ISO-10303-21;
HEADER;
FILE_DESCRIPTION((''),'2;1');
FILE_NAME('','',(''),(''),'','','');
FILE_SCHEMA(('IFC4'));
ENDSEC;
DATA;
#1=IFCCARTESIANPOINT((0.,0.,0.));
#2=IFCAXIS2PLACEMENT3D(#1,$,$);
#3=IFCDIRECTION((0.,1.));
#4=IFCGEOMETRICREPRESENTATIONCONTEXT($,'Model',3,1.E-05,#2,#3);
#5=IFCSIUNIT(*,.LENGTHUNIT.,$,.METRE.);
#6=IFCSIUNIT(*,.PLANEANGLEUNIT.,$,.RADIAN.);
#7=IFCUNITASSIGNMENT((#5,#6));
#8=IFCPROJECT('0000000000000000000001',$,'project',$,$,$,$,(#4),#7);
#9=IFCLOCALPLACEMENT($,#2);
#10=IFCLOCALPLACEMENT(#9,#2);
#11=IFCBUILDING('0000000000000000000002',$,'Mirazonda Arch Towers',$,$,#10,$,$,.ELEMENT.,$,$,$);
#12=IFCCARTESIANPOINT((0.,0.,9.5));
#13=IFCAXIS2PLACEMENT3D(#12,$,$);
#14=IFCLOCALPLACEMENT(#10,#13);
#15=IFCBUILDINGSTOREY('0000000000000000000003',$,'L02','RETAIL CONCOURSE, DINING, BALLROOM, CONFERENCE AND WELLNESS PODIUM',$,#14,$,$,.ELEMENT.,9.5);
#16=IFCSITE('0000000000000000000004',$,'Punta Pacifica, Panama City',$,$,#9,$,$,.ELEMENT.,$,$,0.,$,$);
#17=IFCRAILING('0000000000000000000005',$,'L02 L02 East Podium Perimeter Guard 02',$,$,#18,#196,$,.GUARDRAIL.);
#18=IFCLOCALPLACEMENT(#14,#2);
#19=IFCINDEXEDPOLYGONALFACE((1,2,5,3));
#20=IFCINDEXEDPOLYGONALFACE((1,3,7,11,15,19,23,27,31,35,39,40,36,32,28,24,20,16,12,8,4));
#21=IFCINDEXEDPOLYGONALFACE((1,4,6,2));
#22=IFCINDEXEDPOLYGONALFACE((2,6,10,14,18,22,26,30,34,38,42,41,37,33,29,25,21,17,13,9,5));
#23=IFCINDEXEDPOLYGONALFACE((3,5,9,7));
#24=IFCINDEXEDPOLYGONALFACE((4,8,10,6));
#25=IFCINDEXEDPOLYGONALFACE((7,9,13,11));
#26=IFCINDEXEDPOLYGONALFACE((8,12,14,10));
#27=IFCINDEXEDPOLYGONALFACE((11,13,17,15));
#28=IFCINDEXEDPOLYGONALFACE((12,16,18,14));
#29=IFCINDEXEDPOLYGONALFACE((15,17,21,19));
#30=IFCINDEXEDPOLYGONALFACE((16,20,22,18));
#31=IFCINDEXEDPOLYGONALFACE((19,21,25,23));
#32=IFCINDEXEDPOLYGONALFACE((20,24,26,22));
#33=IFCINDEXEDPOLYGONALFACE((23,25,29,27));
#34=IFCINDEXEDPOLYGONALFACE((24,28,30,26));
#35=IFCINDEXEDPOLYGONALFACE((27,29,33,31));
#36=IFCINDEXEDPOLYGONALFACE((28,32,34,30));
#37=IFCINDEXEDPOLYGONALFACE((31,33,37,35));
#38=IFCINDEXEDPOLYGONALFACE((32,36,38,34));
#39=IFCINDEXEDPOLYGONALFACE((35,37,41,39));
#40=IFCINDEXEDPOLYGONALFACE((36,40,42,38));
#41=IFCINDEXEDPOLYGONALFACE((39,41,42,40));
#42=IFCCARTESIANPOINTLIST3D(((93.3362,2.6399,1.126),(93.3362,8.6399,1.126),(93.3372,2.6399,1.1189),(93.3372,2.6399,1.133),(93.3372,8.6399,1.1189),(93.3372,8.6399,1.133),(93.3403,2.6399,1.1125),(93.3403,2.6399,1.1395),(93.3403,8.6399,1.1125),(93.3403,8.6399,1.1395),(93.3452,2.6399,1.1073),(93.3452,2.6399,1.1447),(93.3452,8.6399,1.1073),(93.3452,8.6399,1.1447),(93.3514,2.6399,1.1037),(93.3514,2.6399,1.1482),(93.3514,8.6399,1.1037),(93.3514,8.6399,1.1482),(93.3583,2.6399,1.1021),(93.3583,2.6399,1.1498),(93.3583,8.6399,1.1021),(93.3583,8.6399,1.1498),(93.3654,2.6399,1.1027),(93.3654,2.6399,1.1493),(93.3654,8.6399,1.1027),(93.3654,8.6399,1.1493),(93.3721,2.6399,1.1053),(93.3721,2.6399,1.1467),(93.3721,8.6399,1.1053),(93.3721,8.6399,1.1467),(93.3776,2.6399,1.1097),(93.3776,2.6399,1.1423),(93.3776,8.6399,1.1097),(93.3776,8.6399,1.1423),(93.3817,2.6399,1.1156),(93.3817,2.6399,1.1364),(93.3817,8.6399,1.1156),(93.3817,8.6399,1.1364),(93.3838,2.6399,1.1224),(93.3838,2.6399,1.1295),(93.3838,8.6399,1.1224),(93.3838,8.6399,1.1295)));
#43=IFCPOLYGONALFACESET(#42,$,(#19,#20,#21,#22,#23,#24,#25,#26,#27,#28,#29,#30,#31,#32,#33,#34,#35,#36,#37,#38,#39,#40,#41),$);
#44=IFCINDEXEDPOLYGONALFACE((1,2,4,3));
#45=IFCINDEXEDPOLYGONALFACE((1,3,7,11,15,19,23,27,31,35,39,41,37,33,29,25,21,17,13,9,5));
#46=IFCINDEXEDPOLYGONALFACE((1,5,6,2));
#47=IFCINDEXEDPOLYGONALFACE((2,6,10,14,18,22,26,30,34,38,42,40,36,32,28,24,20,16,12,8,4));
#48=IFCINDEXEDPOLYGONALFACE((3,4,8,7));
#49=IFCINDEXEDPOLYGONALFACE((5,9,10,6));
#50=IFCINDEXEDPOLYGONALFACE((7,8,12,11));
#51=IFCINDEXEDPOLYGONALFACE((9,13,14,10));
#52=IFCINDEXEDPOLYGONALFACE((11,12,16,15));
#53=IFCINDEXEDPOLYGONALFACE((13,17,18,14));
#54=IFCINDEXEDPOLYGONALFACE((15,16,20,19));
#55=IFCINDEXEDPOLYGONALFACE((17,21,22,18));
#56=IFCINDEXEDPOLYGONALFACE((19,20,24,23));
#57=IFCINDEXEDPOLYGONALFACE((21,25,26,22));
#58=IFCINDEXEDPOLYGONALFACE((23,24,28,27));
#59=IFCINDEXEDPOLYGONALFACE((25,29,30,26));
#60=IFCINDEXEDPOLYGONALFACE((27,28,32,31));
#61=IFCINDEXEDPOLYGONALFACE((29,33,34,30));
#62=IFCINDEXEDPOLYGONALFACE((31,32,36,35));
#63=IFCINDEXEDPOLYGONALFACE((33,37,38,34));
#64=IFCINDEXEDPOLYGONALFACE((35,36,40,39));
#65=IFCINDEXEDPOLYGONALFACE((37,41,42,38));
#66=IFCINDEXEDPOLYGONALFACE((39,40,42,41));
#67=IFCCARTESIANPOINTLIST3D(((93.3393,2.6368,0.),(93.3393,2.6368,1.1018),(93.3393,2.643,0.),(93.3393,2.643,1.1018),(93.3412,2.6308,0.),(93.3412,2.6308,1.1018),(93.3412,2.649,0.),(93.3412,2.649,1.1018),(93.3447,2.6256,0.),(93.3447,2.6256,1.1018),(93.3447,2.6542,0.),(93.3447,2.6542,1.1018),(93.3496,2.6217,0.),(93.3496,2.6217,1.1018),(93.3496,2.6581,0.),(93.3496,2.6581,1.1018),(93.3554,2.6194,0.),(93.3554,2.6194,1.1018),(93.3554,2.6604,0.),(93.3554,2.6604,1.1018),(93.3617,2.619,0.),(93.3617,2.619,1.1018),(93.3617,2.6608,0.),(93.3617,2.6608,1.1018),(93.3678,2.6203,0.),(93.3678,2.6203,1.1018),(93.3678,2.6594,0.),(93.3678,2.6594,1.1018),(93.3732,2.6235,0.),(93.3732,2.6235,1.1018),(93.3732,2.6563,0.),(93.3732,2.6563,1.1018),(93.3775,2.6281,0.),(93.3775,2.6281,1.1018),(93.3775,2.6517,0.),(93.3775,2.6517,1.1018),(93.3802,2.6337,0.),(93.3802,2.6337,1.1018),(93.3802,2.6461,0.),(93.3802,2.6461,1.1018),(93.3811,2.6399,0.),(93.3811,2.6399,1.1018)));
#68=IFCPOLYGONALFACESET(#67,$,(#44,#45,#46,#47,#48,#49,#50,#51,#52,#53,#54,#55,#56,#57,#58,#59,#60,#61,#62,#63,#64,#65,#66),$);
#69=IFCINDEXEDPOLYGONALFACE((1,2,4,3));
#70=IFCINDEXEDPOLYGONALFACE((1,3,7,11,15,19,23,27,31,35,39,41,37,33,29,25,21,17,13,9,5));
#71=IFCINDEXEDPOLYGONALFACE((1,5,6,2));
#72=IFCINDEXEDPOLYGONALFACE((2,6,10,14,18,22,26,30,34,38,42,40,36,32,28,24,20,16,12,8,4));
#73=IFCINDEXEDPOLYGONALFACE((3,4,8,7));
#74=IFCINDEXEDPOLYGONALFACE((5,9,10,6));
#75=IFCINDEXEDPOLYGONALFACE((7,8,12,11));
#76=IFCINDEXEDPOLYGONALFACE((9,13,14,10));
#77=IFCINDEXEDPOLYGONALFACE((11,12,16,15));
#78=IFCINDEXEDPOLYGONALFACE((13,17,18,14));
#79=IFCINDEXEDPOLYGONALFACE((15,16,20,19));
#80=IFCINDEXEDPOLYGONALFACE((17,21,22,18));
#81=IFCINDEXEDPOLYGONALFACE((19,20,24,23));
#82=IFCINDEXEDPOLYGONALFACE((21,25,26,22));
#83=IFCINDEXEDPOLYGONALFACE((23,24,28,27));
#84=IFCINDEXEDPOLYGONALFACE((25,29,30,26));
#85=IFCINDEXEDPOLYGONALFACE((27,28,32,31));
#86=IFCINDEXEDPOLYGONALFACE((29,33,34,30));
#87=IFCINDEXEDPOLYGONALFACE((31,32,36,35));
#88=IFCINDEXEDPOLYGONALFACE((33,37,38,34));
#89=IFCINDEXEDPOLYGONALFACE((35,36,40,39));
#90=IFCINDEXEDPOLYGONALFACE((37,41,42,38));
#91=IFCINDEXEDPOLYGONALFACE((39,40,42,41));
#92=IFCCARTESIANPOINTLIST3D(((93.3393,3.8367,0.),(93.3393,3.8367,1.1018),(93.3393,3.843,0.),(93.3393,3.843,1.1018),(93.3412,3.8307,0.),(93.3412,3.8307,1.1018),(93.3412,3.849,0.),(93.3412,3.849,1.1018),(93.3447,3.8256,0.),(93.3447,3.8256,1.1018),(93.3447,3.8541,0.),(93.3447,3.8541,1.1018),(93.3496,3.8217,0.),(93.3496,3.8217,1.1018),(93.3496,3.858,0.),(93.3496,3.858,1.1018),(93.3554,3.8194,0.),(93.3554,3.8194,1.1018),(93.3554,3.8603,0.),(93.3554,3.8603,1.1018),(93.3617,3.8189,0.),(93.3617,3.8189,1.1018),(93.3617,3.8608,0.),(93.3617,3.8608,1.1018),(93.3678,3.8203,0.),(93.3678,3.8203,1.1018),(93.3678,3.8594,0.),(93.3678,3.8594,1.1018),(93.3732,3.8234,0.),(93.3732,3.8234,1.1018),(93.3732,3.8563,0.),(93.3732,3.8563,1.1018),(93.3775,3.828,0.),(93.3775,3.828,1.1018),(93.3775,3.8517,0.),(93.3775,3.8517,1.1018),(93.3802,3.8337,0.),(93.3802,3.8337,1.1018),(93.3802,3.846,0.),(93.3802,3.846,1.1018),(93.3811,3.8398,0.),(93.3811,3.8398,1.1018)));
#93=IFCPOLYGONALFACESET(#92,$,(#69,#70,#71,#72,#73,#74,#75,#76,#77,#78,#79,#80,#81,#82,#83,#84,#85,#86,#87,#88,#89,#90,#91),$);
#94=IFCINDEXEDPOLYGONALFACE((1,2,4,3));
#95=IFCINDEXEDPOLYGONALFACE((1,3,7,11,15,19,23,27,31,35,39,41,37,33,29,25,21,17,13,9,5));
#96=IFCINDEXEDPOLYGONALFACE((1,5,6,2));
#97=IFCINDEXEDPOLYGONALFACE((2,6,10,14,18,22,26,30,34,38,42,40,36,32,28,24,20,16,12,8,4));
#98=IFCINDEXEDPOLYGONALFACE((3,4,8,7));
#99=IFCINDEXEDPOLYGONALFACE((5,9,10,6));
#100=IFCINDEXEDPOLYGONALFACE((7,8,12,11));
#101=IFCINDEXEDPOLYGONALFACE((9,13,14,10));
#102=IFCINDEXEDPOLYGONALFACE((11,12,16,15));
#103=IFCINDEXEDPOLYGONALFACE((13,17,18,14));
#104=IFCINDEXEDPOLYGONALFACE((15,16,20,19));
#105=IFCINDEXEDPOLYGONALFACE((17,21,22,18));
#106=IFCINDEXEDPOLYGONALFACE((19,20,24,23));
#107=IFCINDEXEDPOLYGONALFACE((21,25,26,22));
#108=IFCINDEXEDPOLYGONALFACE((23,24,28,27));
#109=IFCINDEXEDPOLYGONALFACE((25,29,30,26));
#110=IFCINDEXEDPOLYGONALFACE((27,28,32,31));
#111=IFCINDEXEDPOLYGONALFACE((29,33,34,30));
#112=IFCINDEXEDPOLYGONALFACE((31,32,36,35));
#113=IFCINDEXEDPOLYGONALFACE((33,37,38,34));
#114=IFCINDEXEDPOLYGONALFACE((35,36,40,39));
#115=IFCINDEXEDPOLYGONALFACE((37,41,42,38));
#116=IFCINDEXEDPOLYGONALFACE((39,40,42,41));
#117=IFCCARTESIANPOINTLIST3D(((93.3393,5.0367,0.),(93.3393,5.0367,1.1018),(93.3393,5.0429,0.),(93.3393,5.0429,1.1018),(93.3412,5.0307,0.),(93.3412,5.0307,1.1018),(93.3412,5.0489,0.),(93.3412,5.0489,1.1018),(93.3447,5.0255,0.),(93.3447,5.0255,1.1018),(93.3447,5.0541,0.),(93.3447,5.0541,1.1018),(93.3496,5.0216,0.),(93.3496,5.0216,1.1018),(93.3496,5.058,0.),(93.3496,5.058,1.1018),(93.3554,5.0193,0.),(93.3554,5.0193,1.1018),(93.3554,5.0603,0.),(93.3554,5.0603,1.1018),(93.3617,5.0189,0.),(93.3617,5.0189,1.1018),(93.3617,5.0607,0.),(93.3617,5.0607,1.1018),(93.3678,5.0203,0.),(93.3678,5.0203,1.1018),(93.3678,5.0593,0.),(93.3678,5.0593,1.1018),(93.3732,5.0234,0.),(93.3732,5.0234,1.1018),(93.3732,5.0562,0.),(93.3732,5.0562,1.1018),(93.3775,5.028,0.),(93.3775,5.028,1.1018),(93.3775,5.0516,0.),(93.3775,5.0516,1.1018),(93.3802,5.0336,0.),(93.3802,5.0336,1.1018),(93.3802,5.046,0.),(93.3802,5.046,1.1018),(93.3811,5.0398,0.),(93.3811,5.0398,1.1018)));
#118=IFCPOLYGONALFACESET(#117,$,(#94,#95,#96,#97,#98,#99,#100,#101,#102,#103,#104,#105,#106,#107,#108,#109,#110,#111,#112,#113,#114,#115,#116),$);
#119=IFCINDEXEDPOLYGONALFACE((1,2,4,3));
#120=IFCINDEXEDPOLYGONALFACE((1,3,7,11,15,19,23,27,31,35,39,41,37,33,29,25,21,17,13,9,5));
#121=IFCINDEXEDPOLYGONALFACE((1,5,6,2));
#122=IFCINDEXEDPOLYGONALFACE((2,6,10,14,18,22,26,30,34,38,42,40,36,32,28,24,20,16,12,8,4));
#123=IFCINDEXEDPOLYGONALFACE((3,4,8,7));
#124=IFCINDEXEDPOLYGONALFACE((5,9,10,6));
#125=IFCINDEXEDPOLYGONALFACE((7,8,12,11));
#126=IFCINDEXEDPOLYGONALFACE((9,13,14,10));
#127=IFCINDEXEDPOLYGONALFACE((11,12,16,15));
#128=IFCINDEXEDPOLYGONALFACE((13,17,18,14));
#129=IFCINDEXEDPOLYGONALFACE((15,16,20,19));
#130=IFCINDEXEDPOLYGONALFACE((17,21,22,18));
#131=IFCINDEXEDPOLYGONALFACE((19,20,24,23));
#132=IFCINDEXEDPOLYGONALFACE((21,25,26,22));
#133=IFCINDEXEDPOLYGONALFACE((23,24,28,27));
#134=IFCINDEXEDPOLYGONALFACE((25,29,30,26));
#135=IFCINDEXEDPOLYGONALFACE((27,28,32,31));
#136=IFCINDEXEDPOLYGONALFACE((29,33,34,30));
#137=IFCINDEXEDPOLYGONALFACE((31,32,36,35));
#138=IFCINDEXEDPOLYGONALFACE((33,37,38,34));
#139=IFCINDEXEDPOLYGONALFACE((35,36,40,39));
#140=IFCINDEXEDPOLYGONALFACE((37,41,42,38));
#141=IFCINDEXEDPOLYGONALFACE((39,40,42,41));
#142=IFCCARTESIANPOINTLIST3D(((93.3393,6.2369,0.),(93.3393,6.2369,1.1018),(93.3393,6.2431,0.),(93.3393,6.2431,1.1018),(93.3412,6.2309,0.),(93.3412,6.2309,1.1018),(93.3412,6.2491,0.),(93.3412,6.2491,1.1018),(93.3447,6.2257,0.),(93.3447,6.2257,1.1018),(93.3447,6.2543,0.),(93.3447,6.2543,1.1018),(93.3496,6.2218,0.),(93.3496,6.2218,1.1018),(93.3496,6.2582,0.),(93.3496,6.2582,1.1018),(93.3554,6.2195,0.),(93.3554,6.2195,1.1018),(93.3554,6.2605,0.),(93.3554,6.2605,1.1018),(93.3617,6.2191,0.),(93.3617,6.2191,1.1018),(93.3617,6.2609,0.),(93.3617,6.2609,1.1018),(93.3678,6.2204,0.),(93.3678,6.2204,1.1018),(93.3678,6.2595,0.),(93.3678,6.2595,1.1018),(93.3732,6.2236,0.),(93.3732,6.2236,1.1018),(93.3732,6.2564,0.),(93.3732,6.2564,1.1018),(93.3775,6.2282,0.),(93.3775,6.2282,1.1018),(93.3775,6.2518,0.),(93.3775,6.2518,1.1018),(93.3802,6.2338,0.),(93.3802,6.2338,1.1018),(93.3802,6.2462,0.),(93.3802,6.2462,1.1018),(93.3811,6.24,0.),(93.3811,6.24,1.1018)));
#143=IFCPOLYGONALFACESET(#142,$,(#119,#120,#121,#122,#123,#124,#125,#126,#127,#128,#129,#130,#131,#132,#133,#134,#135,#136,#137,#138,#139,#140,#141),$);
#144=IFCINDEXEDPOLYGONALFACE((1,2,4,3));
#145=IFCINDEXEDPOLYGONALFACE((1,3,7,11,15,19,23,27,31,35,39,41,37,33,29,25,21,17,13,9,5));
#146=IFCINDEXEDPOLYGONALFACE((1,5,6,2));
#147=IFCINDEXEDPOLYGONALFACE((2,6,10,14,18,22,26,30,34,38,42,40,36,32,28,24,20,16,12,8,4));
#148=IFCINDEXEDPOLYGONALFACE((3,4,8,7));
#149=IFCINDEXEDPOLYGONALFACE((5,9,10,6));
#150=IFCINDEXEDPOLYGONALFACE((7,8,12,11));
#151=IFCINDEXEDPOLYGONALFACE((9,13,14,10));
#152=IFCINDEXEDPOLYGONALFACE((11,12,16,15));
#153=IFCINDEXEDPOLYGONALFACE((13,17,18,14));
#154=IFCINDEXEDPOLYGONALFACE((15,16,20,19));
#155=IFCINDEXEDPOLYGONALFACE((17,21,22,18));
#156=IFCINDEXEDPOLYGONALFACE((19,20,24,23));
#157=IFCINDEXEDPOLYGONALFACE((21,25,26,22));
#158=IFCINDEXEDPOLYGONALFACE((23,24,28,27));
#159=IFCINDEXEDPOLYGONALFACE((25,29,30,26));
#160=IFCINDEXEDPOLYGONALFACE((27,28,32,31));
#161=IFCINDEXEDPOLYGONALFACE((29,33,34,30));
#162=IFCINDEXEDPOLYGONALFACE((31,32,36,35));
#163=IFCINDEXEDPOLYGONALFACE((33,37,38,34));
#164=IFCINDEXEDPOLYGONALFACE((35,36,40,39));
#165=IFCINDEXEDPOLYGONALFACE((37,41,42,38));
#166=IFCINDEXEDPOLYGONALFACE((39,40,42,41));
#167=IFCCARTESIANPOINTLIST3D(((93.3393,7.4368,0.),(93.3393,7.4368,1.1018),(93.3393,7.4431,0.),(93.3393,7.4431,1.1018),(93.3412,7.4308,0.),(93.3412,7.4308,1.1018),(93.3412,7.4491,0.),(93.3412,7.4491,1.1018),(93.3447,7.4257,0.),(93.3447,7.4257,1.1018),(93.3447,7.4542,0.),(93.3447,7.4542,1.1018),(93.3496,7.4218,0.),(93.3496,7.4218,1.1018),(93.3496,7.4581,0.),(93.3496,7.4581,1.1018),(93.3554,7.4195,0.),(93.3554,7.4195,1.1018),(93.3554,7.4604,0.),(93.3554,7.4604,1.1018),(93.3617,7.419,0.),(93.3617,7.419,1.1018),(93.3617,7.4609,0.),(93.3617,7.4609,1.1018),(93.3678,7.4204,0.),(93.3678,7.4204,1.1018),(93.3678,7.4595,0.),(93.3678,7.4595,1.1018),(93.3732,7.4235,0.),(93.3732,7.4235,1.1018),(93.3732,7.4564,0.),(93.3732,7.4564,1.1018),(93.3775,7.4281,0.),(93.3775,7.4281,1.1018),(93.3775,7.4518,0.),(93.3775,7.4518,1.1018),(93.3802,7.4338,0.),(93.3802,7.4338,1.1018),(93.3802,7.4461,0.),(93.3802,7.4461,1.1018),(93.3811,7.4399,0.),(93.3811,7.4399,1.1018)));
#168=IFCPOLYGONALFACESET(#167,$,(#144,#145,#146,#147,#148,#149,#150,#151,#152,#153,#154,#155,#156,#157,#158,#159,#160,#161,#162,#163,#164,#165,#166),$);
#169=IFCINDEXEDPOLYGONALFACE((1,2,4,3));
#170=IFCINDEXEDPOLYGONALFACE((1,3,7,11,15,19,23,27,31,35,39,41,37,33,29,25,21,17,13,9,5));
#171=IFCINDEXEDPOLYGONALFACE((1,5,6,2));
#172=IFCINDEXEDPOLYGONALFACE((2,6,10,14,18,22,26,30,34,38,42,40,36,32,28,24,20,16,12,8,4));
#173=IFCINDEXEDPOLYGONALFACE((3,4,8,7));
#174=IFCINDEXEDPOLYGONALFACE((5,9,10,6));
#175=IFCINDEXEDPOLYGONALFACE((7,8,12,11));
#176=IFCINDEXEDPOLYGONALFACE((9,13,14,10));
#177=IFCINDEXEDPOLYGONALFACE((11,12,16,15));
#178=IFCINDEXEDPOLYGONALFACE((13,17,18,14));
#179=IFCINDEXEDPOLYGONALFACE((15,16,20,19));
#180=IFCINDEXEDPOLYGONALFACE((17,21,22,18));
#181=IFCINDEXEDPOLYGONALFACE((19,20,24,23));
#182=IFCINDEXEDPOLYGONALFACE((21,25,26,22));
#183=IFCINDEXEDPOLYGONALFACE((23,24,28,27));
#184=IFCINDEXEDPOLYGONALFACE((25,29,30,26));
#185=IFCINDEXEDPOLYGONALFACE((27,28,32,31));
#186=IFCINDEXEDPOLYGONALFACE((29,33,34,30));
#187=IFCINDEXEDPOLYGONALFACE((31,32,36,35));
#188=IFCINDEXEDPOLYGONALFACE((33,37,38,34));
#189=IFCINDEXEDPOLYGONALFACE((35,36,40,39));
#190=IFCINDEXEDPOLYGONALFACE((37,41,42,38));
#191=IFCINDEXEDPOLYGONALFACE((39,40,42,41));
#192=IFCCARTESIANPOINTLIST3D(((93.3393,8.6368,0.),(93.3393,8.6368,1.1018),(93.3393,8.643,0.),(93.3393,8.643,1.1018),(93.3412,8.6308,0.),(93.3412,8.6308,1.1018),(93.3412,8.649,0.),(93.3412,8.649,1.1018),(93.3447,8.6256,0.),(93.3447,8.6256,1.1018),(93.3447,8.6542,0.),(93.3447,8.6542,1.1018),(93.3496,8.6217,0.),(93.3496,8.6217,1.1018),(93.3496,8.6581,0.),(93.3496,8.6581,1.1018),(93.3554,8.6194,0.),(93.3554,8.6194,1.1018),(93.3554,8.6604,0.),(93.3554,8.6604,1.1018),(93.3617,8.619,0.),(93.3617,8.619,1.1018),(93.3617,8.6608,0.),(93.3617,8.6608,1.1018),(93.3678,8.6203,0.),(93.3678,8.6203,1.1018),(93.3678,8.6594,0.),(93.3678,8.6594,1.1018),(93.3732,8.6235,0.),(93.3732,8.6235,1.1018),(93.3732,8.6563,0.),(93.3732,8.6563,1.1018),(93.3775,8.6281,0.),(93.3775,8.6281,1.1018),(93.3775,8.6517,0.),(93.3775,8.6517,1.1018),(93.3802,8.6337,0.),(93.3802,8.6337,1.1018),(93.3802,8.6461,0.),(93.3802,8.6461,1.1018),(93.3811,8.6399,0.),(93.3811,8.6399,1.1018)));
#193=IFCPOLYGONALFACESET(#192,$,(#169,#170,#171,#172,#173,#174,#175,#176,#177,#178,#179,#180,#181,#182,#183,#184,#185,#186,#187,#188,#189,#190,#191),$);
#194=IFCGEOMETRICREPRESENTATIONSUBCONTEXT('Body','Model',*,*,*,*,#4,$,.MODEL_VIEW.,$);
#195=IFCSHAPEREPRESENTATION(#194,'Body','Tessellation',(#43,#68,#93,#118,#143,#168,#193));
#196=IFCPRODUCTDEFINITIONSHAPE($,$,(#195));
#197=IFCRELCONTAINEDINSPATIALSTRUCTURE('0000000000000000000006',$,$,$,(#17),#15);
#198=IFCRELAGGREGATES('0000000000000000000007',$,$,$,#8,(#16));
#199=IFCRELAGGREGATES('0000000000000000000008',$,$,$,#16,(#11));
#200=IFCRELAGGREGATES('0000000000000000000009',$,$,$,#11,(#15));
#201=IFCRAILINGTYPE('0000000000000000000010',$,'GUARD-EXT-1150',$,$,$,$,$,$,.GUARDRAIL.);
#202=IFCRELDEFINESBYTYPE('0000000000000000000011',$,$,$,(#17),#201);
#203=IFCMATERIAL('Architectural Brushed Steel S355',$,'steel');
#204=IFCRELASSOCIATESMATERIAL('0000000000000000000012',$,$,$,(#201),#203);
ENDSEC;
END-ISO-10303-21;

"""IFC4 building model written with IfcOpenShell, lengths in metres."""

from ifc_helpers import new_model, si_unit, direction, frame, origin, origin_2d, place, context, subcontext, project, spatial, circle, extrude, material, type_object, element, save


model = new_model("IFC4")

# Units and contexts
model_context = context("Model", 3, precision=1e-05, world=origin(), true_north=direction((0.0, 1.0)))
body_context = subcontext(model_context, "Body", "Model", "MODEL_VIEW")
ifc_project = project(units=[si_unit("LENGTHUNIT", "METRE"), si_unit("PLANEANGLEUNIT", "RADIAN")], contexts=[model_context])

# Site, building, storey
site_placement = place(None, origin())
site = spatial("IfcSite", under=ifc_project, at=site_placement, Name="Punta Pacifica, Panama City", CompositionType="ELEMENT", RefElevation=0.0)
building_placement = place(site_placement, origin())
building = spatial("IfcBuilding", under=site, at=building_placement, Name="Mirazonda Arch Towers", CompositionType="ELEMENT")
storey_placement = place(building_placement, frame((0.0, 0.0, 9.5)))
storey = spatial("IfcBuildingStorey", under=building, at=storey_placement, Name="L02", Description="RETAIL CONCOURSE, DINING, BALLROOM, CONFERENCE AND WELLNESS PODIUM", CompositionType="ELEMENT", Elevation=9.5)

# Railing
ifc_material_1 = material(Name="Architectural Brushed Steel S355", Category="steel")
railing_type = type_object("IfcRailingType", Name="GUARD-EXT-1150", PredefinedType="GUARDRAIL", material=ifc_material_1)
railing_1_placement = place(storey_placement, frame((93.3601, 2.6399, 0.0)))
element("IfcRailing", 1, at=railing_1_placement, inside=storey, type_object=railing_type, Name="L02 L02 East Podium Perimeter Guard 02", PredefinedType="GUARDRAIL", context=body_context, shape_type="SweptSolid", body=[
    extrude(circle(Radius=0.0239, at=origin_2d()), frame((0.0, 0.0, 1.126), z_axis=(0.0, 1.0, 0.0), x_axis=(-1.0, 0.0, 0.0)), (0.0, 0.0, 1.0), 6.0),
    extrude(circle(Radius=0.021, at=origin_2d()), origin(), (0.0, 0.0, 1.0), 1.1018),
    extrude(circle(Radius=0.021, at=origin_2d()), frame((0.0, 1.2, 0.0)), (0.0, 0.0, 1.0), 1.1018),
    extrude(circle(Radius=0.021, at=origin_2d()), frame((0.0, 2.3999, 0.0)), (0.0, 0.0, 1.0), 1.1018),
    extrude(circle(Radius=0.021, at=origin_2d()), frame((0.0, 3.6001, 0.0)), (0.0, 0.0, 1.0), 1.1018),
    extrude(circle(Radius=0.021, at=origin_2d()), frame((0.0, 4.8, 0.0)), (0.0, 0.0, 1.0), 1.1018),
    extrude(circle(Radius=0.021, at=origin_2d()), frame((0.0, 6.0, 0.0)), (0.0, 0.0, 1.0), 1.1018),
])

save(model, "model.ifc")
